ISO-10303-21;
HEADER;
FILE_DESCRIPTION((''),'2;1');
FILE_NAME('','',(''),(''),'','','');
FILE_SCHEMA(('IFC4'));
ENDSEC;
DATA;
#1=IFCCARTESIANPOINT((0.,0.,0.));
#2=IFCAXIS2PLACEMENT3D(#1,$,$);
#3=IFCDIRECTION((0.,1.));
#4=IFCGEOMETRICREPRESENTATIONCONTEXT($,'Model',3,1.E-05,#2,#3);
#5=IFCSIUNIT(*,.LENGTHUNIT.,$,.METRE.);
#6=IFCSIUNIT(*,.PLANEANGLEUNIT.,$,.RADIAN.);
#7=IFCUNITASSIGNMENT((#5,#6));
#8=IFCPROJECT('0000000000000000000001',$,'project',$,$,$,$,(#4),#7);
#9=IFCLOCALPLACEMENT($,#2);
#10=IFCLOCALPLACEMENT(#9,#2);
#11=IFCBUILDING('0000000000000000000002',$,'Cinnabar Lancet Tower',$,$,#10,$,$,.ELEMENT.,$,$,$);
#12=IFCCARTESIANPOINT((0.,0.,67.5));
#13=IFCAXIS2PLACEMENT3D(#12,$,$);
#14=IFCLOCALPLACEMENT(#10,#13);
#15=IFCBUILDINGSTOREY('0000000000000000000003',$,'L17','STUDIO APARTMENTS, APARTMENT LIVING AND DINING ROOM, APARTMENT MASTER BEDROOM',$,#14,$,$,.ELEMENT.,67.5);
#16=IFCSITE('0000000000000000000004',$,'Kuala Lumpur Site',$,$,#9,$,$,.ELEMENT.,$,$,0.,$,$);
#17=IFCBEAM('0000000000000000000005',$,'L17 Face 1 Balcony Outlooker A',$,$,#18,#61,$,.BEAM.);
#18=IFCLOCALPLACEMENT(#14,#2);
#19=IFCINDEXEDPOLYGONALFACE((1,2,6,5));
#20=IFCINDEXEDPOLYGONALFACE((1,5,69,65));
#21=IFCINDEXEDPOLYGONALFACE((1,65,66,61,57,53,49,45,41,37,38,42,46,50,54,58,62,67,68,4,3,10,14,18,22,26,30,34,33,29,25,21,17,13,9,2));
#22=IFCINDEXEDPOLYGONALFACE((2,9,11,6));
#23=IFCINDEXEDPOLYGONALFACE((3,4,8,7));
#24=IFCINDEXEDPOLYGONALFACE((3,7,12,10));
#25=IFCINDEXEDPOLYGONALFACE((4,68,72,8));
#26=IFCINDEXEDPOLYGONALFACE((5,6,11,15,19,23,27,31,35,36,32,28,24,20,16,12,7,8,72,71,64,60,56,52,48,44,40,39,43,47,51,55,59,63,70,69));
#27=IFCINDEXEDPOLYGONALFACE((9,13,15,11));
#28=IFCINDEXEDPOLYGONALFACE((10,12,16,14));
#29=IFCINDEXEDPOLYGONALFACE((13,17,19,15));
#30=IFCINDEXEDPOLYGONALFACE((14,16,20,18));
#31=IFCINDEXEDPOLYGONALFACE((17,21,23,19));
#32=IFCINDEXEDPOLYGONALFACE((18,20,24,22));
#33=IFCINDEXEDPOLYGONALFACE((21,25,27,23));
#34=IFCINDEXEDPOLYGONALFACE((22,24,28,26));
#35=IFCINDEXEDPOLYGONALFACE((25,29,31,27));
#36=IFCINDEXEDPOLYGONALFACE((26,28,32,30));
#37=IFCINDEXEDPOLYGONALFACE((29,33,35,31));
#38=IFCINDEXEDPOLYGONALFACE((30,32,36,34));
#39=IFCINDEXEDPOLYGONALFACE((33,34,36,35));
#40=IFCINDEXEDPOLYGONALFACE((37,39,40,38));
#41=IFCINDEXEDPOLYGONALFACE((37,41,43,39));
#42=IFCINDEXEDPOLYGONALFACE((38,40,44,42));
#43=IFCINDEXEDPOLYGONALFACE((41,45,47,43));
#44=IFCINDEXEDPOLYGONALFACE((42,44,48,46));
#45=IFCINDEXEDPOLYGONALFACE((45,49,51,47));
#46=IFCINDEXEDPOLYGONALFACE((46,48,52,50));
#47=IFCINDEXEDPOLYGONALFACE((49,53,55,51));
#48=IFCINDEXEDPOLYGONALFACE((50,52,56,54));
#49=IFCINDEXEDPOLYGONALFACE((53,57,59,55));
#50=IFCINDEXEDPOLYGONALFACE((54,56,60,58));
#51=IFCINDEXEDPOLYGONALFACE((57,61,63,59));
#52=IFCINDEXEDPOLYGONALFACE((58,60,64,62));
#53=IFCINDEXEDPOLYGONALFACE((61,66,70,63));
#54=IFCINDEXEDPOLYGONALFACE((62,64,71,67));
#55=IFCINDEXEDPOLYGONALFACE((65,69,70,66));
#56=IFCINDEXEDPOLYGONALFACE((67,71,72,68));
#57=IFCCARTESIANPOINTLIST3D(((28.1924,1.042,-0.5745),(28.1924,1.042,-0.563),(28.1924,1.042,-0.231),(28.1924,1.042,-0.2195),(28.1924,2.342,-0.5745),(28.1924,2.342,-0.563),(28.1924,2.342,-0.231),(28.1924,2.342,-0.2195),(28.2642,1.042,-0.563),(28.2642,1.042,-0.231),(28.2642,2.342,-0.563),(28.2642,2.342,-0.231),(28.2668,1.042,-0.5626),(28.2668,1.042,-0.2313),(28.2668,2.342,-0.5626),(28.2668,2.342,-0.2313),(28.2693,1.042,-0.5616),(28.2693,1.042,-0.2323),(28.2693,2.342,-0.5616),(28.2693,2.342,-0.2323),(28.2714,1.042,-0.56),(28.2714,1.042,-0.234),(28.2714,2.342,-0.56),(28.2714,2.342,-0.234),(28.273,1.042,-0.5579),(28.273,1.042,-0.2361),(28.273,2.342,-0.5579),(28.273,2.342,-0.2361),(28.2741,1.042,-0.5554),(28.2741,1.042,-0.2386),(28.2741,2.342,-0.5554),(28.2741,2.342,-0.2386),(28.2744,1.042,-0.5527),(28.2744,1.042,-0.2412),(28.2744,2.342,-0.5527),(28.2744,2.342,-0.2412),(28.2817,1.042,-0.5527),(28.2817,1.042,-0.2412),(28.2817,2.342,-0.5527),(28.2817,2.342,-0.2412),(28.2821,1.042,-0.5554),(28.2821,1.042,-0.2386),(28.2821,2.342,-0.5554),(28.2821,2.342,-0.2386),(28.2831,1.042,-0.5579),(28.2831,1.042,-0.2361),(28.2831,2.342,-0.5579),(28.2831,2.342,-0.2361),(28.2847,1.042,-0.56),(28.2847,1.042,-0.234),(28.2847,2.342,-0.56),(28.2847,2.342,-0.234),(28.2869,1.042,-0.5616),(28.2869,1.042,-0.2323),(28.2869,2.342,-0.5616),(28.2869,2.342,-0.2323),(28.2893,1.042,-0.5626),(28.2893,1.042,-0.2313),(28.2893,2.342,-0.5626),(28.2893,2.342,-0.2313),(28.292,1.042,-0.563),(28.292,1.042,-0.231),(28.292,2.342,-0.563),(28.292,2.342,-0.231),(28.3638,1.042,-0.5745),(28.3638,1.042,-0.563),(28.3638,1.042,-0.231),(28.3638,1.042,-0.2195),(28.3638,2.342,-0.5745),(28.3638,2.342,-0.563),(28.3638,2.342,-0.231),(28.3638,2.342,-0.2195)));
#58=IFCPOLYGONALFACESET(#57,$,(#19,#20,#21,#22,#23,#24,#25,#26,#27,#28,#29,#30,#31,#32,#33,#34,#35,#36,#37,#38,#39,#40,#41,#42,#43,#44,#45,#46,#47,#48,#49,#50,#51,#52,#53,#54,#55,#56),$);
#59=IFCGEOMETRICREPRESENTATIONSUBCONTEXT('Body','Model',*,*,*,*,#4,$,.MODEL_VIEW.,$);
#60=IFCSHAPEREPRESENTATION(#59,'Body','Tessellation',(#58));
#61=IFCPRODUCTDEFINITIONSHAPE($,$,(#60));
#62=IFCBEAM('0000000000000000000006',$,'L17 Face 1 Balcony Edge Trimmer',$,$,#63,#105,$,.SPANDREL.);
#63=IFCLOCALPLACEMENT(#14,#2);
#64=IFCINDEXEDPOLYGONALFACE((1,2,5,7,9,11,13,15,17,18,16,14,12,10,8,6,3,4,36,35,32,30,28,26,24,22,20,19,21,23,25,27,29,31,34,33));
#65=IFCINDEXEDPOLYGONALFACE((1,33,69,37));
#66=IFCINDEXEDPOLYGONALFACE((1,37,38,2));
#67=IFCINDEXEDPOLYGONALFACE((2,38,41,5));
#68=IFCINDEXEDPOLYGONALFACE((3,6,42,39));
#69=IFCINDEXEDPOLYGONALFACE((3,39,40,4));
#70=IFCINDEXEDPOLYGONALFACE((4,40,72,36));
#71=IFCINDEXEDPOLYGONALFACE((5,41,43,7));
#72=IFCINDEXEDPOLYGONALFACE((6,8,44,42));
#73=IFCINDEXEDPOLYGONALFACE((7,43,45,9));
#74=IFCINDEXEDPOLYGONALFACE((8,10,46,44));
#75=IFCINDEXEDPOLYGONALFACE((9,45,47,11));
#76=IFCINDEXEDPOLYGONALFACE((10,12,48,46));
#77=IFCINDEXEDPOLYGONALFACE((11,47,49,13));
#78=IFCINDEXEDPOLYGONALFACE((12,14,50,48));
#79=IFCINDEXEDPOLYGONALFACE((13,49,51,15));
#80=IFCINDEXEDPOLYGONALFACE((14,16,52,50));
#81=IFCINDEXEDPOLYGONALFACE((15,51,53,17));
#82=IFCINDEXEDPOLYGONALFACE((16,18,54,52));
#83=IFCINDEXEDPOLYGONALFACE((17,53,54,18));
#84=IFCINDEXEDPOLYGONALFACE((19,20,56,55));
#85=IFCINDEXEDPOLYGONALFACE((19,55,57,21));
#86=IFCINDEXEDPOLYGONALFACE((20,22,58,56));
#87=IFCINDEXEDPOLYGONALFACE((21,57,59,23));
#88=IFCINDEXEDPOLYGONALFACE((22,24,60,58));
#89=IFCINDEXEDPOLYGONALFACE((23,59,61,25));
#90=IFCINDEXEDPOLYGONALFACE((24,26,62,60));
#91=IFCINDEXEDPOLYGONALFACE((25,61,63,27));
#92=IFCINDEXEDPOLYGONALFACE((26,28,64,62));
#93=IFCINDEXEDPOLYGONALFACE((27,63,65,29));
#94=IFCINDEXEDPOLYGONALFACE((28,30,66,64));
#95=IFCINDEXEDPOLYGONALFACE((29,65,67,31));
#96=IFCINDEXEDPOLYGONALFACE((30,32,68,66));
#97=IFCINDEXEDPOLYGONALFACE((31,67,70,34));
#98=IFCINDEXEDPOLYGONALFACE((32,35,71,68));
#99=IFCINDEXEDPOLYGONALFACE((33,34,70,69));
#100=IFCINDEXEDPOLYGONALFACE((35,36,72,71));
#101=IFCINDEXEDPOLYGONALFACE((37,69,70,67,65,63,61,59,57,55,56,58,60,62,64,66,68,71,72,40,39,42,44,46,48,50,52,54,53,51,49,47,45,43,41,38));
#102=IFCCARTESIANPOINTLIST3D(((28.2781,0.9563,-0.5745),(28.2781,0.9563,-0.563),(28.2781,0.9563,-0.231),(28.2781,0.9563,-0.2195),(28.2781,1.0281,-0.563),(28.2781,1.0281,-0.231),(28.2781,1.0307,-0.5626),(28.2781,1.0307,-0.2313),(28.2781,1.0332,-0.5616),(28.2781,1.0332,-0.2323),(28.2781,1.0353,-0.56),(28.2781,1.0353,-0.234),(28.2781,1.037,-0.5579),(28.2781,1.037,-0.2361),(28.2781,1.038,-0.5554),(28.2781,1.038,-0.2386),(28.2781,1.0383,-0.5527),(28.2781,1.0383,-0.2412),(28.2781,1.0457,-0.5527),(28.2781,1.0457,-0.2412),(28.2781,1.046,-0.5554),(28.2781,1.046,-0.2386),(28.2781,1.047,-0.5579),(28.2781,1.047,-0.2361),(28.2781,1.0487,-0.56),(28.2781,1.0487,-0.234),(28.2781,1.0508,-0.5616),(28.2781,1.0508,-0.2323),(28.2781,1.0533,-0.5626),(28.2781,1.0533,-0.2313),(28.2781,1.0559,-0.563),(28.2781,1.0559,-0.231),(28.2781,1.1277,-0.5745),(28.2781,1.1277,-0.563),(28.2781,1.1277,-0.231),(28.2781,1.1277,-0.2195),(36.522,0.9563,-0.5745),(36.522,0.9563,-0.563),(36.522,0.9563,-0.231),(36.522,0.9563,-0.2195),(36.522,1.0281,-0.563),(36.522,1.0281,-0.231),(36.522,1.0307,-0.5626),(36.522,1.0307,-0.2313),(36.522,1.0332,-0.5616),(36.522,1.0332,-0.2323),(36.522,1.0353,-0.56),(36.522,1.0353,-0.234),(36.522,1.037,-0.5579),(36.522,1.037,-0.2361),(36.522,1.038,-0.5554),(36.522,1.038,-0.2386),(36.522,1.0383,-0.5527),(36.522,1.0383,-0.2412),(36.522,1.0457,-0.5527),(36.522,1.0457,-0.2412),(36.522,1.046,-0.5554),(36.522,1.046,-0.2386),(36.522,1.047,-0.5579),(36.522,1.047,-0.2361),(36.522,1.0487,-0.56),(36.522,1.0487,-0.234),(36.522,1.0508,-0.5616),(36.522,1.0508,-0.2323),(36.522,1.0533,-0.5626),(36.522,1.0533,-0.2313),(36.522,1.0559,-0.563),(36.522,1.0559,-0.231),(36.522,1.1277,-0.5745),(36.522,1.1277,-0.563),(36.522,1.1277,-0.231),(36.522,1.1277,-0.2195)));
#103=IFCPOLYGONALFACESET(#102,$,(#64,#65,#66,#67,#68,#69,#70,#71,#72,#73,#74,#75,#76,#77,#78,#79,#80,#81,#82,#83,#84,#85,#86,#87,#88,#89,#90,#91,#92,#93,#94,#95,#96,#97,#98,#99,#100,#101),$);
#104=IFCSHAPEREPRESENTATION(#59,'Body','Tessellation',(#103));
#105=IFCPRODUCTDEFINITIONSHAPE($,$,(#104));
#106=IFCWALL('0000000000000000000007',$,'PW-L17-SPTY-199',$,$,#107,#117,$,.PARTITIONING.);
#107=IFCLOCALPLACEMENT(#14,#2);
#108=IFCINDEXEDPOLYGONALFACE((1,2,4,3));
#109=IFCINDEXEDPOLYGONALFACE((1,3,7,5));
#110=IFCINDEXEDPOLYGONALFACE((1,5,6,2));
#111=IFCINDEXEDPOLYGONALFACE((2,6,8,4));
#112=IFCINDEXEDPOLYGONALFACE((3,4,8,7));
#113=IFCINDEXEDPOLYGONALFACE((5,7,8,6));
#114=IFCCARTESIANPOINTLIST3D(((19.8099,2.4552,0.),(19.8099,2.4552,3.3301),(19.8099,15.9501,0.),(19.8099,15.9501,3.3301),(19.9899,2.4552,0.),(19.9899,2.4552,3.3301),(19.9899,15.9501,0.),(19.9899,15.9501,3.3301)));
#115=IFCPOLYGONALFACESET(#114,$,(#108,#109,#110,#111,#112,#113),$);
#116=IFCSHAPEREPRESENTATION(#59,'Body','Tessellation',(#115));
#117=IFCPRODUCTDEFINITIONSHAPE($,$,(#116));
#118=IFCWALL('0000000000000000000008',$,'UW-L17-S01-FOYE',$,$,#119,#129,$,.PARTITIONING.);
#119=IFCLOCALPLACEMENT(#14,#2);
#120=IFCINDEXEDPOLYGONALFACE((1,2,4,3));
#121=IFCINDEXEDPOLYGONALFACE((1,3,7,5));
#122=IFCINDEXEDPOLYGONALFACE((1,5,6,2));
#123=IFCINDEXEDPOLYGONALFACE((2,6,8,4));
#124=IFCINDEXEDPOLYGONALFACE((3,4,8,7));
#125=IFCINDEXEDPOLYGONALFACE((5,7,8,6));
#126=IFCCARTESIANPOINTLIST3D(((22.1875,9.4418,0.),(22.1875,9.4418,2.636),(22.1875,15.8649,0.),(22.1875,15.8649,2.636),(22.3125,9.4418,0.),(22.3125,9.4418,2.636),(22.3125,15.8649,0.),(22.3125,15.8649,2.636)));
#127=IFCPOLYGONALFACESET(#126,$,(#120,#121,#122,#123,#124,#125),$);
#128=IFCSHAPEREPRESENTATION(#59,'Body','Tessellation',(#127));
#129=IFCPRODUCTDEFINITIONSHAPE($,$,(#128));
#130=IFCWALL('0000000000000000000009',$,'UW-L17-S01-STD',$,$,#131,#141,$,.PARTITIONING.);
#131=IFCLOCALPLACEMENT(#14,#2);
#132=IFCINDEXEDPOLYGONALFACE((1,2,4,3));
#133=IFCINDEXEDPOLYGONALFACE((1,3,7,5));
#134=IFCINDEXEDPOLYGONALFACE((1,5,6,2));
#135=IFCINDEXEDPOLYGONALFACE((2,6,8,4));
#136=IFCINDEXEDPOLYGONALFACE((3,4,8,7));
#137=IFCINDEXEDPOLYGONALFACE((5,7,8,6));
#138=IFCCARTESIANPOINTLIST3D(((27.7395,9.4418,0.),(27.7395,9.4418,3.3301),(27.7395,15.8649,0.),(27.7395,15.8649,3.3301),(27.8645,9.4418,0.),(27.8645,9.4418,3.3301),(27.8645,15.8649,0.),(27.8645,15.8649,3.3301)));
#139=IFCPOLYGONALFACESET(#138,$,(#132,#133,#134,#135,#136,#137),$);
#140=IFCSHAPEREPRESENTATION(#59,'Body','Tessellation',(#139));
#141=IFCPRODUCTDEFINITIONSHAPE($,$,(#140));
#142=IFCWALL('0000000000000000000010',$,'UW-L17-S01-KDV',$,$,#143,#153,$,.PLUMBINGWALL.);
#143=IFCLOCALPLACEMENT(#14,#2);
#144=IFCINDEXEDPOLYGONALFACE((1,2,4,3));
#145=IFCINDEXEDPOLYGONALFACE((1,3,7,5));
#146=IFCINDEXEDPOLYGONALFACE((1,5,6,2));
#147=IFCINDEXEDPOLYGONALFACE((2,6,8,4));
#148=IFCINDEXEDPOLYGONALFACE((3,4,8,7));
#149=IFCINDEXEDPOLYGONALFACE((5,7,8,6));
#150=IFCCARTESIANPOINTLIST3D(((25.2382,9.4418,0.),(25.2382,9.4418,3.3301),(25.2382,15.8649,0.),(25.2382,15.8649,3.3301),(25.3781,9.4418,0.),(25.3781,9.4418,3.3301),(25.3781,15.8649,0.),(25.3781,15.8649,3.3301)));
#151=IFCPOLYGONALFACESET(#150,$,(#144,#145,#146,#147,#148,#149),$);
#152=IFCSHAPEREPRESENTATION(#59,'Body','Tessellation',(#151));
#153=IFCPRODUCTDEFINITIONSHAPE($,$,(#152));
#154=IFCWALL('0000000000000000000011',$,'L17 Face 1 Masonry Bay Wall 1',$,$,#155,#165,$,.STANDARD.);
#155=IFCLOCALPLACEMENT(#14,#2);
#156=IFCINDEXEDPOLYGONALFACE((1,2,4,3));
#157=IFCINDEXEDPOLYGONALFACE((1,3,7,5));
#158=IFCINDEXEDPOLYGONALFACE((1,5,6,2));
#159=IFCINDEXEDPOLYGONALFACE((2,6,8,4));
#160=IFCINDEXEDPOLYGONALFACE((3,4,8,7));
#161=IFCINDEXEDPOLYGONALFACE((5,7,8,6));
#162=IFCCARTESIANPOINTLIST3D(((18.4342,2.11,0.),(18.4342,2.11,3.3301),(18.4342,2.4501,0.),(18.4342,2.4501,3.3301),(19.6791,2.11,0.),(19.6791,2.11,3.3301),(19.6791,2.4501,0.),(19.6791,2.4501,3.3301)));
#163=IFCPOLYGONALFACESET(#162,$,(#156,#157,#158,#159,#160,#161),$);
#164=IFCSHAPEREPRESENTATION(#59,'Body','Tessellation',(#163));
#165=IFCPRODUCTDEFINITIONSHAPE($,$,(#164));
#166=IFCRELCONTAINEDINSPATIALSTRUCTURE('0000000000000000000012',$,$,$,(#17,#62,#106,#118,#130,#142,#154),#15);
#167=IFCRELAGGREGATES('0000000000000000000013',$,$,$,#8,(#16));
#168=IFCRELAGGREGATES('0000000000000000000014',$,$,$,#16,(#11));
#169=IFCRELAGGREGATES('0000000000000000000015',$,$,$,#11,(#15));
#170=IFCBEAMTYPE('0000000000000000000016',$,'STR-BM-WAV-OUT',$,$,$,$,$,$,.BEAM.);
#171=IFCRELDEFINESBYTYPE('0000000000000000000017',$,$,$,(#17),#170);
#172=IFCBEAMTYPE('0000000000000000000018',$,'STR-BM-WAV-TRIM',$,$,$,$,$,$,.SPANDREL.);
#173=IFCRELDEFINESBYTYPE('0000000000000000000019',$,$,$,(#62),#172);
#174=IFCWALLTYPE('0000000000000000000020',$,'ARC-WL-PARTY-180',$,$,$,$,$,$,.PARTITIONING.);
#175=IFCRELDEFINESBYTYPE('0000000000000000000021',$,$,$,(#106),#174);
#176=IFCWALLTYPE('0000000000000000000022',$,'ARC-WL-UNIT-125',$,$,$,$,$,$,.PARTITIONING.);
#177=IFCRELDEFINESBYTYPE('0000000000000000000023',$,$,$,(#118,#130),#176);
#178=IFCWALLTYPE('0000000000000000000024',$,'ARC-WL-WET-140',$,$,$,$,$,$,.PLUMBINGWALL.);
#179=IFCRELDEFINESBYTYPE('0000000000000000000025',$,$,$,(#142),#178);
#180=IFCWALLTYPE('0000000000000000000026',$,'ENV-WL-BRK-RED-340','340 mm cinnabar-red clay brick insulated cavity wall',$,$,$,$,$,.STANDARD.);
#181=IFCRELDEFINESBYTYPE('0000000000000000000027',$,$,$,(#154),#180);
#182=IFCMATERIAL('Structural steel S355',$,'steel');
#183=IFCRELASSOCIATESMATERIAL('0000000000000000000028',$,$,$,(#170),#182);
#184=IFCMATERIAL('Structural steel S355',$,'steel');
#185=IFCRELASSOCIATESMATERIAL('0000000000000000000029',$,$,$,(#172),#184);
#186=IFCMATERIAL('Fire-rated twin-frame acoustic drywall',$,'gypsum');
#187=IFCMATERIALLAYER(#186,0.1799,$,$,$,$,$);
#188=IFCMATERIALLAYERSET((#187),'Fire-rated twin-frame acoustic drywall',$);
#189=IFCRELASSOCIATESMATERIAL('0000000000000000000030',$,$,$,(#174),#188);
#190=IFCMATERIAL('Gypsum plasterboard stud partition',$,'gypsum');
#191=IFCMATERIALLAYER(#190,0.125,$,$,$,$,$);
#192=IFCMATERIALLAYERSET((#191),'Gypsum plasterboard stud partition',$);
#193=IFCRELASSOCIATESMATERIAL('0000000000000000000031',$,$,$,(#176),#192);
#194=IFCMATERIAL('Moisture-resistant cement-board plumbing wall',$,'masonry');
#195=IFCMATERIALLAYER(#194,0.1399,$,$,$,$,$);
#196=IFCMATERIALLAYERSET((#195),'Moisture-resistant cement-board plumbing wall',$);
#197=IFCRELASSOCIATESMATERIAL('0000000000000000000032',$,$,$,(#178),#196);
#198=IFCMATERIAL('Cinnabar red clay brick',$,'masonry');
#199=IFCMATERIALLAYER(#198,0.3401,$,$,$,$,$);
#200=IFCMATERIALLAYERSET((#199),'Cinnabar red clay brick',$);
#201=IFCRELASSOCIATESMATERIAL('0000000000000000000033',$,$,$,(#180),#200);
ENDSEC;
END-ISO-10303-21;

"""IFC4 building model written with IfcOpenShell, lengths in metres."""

from ifc_helpers import new_model, si_unit, direction, frame, frame_2d, origin, origin_2d, place, context, subcontext, project, spatial, rectangle, i_section, extrude, material, layer, layer_set, material_profile, profile_set, type_object, element, save


model = new_model("IFC4")

# Units and contexts
model_context = context("Model", 3, precision=1e-05, world=origin(), true_north=direction((0.0, 1.0)))
body_context = subcontext(model_context, "Body", "Model", "MODEL_VIEW")
ifc_project = project(units=[si_unit("LENGTHUNIT", "METRE"), si_unit("PLANEANGLEUNIT", "RADIAN")], contexts=[model_context])

# Site, building, storey
site_placement = place(None, origin())
site = spatial("IfcSite", under=ifc_project, at=site_placement, Name="Kuala Lumpur Site", CompositionType="ELEMENT", RefElevation=0.0)
building_placement = place(site_placement, origin())
building = spatial("IfcBuilding", under=site, at=building_placement, Name="Cinnabar Lancet Tower", CompositionType="ELEMENT")
storey_placement = place(building_placement, frame((0.0, 0.0, 67.5)))
storey = spatial("IfcBuildingStorey", under=building, at=storey_placement, Name="L17", Description="STUDIO APARTMENTS, APARTMENT LIVING AND DINING ROOM, APARTMENT MASTER BEDROOM", CompositionType="ELEMENT", Elevation=67.5)

# Beams
ifc_material_1 = material(Name="Structural steel S355", Category="steel")
ifc_material_profile_1 = material_profile(ifc_material_1, i_section(OverallWidth=0.1714, OverallDepth=0.355, WebThickness=0.0073, FlangeThickness=0.0115, FilletRadius=0.0103, at=origin_2d()), Name="UKB 356x171x51")
ifc_profile_set_1 = profile_set([ifc_material_profile_1], Name="Structural steel S355")
beam_type_1 = type_object("IfcBeamType", Name="STR-BM-WAV-OUT", PredefinedType="BEAM", material=ifc_profile_set_1)
beam_1_placement = place(storey_placement, frame((28.2781, 2.342, -0.397), z_axis=(0.0, -1.0, 0.0), x_axis=(1.0, 0.0, 0.0)))
element("IfcBeam", 1, at=beam_1_placement, inside=storey, type_object=beam_type_1, Name="L17 Face 1 Balcony Outlooker A", PredefinedType="BEAM", context=body_context, shape_type="SweptSolid", body=[
    extrude(i_section(OverallWidth=0.1714, OverallDepth=0.355, WebThickness=0.0073, FlangeThickness=0.0115, FilletRadius=0.0103, at=origin_2d()), origin(), (0.0, 0.0, 1.0), 1.3),
])
ifc_material_2 = material(Name="Structural steel S355", Category="steel")
ifc_material_profile_2 = material_profile(ifc_material_2, i_section(OverallWidth=0.1714, OverallDepth=0.355, WebThickness=0.0073, FlangeThickness=0.0115, FilletRadius=0.0103, at=origin_2d()), Name="UKB 356x171x51")
ifc_profile_set_2 = profile_set([ifc_material_profile_2], Name="Structural steel S355")
beam_type_2 = type_object("IfcBeamType", Name="STR-BM-WAV-TRIM", PredefinedType="SPANDREL", material=ifc_profile_set_2)
beam_2_placement = place(storey_placement, frame((28.2781, 1.042, -0.397), z_axis=(1.0, 0.0, 0.0), x_axis=(0.0, 1.0, 0.0)))
element("IfcBeam", 2, at=beam_2_placement, inside=storey, type_object=beam_type_2, Name="L17 Face 1 Balcony Edge Trimmer", PredefinedType="SPANDREL", context=body_context, shape_type="SweptSolid", body=[
    extrude(i_section(OverallWidth=0.1714, OverallDepth=0.355, WebThickness=0.0073, FlangeThickness=0.0115, FilletRadius=0.0103, at=origin_2d()), origin(), (0.0, 0.0, 1.0), 8.2439),
])

# Walls
ifc_material_3 = material(Name="Fire-rated twin-frame acoustic drywall", Category="gypsum")
ifc_layer_1 = layer(ifc_material_3, 0.1799)
ifc_layer_set_1 = layer_set([ifc_layer_1], Name="Fire-rated twin-frame acoustic drywall")
wall_type_1 = type_object("IfcWallType", Name="ARC-WL-PARTY-180", PredefinedType="PARTITIONING", material=ifc_layer_set_1)
wall_1_placement = place(storey_placement, frame((19.8999, 2.4551, 0.0), z_axis=(0.0, 0.0, 1.0), x_axis=(0.0, 1.0, 0.0)))
element("IfcWall", 3, at=wall_1_placement, inside=storey, type_object=wall_type_1, Name="PW-L17-SPTY-199", PredefinedType="PARTITIONING", context=body_context, shape_type="SweptSolid", body=[
    extrude(rectangle(XDim=13.4949, YDim=0.1799, at=frame_2d((6.7476, 0.0))), origin(), (0.0, 0.0, 1.0), 3.3301),
])
ifc_material_4 = material(Name="Gypsum plasterboard stud partition", Category="gypsum")
ifc_layer_2 = layer(ifc_material_4, 0.125)
ifc_layer_set_2 = layer_set([ifc_layer_2], Name="Gypsum plasterboard stud partition")
wall_type_2 = type_object("IfcWallType", Name="ARC-WL-UNIT-125", PredefinedType="PARTITIONING", material=ifc_layer_set_2)
wall_2_placement = place(storey_placement, frame((22.25, 9.4419, 0.0), z_axis=(0.0, 0.0, 1.0), x_axis=(0.0, 1.0, 0.0)))
element("IfcWall", 4, at=wall_2_placement, inside=storey, type_object=wall_type_2, Name="UW-L17-S01-FOYE", PredefinedType="PARTITIONING", context=body_context, shape_type="SweptSolid", body=[
    extrude(rectangle(XDim=6.4231, YDim=0.125, at=frame_2d((3.2114, 0.0))), origin(), (0.0, 0.0, 1.0), 2.636),
])
wall_3_placement = place(storey_placement, frame((27.802, 9.4419, 0.0), z_axis=(0.0, 0.0, 1.0), x_axis=(0.0, 1.0, 0.0)))
element("IfcWall", 5, at=wall_3_placement, inside=storey, type_object=wall_type_2, Name="UW-L17-S01-STD", PredefinedType="PARTITIONING", context=body_context, shape_type="SweptSolid", body=[
    extrude(rectangle(XDim=6.4231, YDim=0.125, at=frame_2d((3.2114, 0.0))), origin(), (0.0, 0.0, 1.0), 3.3301),
])

# Shared definitions
ifc_material_5 = material(Name="Moisture-resistant cement-board plumbing wall", Category="masonry")
ifc_layer_3 = layer(ifc_material_5, 0.1399)
ifc_layer_set_3 = layer_set([ifc_layer_3], Name="Moisture-resistant cement-board plumbing wall")
wall_type_3 = type_object("IfcWallType", Name="ARC-WL-WET-140", PredefinedType="PLUMBINGWALL", material=ifc_layer_set_3)

# Walls
wall_4_placement = place(storey_placement, frame((25.3081, 9.4419, 0.0), z_axis=(0.0, 0.0, 1.0), x_axis=(0.0, 1.0, 0.0)))
element("IfcWall", 6, at=wall_4_placement, inside=storey, type_object=wall_type_3, Name="UW-L17-S01-KDV", PredefinedType="PLUMBINGWALL", context=body_context, shape_type="SweptSolid", body=[
    extrude(rectangle(XDim=6.4231, YDim=0.1399, at=frame_2d((3.2114, 0.0))), origin(), (0.0, 0.0, 1.0), 3.3301),
])
ifc_material_6 = material(Name="Cinnabar red clay brick", Category="masonry")
ifc_layer_4 = layer(ifc_material_6, 0.3401)
ifc_layer_set_4 = layer_set([ifc_layer_4], Name="Cinnabar red clay brick")
wall_type_4 = type_object("IfcWallType", Name="ENV-WL-BRK-RED-340", Description="340 mm cinnabar-red clay brick insulated cavity wall", PredefinedType="STANDARD", material=ifc_layer_set_4)
wall_5_placement = place(storey_placement, frame((18.4341, 2.28, 0.0), z_axis=(0.0, 0.0, 1.0), x_axis=(1.0, 0.0, 0.0)))
element("IfcWall", 7, at=wall_5_placement, inside=storey, type_object=wall_type_4, Name="L17 Face 1 Masonry Bay Wall 1", PredefinedType="STANDARD", context=body_context, shape_type="SweptSolid", body=[
    extrude(rectangle(XDim=1.2449, YDim=0.3401, at=frame_2d((0.6226, 0.0))), origin(), (0.0, 0.0, 1.0), 3.3301),
])

save(model, "model.ifc")
